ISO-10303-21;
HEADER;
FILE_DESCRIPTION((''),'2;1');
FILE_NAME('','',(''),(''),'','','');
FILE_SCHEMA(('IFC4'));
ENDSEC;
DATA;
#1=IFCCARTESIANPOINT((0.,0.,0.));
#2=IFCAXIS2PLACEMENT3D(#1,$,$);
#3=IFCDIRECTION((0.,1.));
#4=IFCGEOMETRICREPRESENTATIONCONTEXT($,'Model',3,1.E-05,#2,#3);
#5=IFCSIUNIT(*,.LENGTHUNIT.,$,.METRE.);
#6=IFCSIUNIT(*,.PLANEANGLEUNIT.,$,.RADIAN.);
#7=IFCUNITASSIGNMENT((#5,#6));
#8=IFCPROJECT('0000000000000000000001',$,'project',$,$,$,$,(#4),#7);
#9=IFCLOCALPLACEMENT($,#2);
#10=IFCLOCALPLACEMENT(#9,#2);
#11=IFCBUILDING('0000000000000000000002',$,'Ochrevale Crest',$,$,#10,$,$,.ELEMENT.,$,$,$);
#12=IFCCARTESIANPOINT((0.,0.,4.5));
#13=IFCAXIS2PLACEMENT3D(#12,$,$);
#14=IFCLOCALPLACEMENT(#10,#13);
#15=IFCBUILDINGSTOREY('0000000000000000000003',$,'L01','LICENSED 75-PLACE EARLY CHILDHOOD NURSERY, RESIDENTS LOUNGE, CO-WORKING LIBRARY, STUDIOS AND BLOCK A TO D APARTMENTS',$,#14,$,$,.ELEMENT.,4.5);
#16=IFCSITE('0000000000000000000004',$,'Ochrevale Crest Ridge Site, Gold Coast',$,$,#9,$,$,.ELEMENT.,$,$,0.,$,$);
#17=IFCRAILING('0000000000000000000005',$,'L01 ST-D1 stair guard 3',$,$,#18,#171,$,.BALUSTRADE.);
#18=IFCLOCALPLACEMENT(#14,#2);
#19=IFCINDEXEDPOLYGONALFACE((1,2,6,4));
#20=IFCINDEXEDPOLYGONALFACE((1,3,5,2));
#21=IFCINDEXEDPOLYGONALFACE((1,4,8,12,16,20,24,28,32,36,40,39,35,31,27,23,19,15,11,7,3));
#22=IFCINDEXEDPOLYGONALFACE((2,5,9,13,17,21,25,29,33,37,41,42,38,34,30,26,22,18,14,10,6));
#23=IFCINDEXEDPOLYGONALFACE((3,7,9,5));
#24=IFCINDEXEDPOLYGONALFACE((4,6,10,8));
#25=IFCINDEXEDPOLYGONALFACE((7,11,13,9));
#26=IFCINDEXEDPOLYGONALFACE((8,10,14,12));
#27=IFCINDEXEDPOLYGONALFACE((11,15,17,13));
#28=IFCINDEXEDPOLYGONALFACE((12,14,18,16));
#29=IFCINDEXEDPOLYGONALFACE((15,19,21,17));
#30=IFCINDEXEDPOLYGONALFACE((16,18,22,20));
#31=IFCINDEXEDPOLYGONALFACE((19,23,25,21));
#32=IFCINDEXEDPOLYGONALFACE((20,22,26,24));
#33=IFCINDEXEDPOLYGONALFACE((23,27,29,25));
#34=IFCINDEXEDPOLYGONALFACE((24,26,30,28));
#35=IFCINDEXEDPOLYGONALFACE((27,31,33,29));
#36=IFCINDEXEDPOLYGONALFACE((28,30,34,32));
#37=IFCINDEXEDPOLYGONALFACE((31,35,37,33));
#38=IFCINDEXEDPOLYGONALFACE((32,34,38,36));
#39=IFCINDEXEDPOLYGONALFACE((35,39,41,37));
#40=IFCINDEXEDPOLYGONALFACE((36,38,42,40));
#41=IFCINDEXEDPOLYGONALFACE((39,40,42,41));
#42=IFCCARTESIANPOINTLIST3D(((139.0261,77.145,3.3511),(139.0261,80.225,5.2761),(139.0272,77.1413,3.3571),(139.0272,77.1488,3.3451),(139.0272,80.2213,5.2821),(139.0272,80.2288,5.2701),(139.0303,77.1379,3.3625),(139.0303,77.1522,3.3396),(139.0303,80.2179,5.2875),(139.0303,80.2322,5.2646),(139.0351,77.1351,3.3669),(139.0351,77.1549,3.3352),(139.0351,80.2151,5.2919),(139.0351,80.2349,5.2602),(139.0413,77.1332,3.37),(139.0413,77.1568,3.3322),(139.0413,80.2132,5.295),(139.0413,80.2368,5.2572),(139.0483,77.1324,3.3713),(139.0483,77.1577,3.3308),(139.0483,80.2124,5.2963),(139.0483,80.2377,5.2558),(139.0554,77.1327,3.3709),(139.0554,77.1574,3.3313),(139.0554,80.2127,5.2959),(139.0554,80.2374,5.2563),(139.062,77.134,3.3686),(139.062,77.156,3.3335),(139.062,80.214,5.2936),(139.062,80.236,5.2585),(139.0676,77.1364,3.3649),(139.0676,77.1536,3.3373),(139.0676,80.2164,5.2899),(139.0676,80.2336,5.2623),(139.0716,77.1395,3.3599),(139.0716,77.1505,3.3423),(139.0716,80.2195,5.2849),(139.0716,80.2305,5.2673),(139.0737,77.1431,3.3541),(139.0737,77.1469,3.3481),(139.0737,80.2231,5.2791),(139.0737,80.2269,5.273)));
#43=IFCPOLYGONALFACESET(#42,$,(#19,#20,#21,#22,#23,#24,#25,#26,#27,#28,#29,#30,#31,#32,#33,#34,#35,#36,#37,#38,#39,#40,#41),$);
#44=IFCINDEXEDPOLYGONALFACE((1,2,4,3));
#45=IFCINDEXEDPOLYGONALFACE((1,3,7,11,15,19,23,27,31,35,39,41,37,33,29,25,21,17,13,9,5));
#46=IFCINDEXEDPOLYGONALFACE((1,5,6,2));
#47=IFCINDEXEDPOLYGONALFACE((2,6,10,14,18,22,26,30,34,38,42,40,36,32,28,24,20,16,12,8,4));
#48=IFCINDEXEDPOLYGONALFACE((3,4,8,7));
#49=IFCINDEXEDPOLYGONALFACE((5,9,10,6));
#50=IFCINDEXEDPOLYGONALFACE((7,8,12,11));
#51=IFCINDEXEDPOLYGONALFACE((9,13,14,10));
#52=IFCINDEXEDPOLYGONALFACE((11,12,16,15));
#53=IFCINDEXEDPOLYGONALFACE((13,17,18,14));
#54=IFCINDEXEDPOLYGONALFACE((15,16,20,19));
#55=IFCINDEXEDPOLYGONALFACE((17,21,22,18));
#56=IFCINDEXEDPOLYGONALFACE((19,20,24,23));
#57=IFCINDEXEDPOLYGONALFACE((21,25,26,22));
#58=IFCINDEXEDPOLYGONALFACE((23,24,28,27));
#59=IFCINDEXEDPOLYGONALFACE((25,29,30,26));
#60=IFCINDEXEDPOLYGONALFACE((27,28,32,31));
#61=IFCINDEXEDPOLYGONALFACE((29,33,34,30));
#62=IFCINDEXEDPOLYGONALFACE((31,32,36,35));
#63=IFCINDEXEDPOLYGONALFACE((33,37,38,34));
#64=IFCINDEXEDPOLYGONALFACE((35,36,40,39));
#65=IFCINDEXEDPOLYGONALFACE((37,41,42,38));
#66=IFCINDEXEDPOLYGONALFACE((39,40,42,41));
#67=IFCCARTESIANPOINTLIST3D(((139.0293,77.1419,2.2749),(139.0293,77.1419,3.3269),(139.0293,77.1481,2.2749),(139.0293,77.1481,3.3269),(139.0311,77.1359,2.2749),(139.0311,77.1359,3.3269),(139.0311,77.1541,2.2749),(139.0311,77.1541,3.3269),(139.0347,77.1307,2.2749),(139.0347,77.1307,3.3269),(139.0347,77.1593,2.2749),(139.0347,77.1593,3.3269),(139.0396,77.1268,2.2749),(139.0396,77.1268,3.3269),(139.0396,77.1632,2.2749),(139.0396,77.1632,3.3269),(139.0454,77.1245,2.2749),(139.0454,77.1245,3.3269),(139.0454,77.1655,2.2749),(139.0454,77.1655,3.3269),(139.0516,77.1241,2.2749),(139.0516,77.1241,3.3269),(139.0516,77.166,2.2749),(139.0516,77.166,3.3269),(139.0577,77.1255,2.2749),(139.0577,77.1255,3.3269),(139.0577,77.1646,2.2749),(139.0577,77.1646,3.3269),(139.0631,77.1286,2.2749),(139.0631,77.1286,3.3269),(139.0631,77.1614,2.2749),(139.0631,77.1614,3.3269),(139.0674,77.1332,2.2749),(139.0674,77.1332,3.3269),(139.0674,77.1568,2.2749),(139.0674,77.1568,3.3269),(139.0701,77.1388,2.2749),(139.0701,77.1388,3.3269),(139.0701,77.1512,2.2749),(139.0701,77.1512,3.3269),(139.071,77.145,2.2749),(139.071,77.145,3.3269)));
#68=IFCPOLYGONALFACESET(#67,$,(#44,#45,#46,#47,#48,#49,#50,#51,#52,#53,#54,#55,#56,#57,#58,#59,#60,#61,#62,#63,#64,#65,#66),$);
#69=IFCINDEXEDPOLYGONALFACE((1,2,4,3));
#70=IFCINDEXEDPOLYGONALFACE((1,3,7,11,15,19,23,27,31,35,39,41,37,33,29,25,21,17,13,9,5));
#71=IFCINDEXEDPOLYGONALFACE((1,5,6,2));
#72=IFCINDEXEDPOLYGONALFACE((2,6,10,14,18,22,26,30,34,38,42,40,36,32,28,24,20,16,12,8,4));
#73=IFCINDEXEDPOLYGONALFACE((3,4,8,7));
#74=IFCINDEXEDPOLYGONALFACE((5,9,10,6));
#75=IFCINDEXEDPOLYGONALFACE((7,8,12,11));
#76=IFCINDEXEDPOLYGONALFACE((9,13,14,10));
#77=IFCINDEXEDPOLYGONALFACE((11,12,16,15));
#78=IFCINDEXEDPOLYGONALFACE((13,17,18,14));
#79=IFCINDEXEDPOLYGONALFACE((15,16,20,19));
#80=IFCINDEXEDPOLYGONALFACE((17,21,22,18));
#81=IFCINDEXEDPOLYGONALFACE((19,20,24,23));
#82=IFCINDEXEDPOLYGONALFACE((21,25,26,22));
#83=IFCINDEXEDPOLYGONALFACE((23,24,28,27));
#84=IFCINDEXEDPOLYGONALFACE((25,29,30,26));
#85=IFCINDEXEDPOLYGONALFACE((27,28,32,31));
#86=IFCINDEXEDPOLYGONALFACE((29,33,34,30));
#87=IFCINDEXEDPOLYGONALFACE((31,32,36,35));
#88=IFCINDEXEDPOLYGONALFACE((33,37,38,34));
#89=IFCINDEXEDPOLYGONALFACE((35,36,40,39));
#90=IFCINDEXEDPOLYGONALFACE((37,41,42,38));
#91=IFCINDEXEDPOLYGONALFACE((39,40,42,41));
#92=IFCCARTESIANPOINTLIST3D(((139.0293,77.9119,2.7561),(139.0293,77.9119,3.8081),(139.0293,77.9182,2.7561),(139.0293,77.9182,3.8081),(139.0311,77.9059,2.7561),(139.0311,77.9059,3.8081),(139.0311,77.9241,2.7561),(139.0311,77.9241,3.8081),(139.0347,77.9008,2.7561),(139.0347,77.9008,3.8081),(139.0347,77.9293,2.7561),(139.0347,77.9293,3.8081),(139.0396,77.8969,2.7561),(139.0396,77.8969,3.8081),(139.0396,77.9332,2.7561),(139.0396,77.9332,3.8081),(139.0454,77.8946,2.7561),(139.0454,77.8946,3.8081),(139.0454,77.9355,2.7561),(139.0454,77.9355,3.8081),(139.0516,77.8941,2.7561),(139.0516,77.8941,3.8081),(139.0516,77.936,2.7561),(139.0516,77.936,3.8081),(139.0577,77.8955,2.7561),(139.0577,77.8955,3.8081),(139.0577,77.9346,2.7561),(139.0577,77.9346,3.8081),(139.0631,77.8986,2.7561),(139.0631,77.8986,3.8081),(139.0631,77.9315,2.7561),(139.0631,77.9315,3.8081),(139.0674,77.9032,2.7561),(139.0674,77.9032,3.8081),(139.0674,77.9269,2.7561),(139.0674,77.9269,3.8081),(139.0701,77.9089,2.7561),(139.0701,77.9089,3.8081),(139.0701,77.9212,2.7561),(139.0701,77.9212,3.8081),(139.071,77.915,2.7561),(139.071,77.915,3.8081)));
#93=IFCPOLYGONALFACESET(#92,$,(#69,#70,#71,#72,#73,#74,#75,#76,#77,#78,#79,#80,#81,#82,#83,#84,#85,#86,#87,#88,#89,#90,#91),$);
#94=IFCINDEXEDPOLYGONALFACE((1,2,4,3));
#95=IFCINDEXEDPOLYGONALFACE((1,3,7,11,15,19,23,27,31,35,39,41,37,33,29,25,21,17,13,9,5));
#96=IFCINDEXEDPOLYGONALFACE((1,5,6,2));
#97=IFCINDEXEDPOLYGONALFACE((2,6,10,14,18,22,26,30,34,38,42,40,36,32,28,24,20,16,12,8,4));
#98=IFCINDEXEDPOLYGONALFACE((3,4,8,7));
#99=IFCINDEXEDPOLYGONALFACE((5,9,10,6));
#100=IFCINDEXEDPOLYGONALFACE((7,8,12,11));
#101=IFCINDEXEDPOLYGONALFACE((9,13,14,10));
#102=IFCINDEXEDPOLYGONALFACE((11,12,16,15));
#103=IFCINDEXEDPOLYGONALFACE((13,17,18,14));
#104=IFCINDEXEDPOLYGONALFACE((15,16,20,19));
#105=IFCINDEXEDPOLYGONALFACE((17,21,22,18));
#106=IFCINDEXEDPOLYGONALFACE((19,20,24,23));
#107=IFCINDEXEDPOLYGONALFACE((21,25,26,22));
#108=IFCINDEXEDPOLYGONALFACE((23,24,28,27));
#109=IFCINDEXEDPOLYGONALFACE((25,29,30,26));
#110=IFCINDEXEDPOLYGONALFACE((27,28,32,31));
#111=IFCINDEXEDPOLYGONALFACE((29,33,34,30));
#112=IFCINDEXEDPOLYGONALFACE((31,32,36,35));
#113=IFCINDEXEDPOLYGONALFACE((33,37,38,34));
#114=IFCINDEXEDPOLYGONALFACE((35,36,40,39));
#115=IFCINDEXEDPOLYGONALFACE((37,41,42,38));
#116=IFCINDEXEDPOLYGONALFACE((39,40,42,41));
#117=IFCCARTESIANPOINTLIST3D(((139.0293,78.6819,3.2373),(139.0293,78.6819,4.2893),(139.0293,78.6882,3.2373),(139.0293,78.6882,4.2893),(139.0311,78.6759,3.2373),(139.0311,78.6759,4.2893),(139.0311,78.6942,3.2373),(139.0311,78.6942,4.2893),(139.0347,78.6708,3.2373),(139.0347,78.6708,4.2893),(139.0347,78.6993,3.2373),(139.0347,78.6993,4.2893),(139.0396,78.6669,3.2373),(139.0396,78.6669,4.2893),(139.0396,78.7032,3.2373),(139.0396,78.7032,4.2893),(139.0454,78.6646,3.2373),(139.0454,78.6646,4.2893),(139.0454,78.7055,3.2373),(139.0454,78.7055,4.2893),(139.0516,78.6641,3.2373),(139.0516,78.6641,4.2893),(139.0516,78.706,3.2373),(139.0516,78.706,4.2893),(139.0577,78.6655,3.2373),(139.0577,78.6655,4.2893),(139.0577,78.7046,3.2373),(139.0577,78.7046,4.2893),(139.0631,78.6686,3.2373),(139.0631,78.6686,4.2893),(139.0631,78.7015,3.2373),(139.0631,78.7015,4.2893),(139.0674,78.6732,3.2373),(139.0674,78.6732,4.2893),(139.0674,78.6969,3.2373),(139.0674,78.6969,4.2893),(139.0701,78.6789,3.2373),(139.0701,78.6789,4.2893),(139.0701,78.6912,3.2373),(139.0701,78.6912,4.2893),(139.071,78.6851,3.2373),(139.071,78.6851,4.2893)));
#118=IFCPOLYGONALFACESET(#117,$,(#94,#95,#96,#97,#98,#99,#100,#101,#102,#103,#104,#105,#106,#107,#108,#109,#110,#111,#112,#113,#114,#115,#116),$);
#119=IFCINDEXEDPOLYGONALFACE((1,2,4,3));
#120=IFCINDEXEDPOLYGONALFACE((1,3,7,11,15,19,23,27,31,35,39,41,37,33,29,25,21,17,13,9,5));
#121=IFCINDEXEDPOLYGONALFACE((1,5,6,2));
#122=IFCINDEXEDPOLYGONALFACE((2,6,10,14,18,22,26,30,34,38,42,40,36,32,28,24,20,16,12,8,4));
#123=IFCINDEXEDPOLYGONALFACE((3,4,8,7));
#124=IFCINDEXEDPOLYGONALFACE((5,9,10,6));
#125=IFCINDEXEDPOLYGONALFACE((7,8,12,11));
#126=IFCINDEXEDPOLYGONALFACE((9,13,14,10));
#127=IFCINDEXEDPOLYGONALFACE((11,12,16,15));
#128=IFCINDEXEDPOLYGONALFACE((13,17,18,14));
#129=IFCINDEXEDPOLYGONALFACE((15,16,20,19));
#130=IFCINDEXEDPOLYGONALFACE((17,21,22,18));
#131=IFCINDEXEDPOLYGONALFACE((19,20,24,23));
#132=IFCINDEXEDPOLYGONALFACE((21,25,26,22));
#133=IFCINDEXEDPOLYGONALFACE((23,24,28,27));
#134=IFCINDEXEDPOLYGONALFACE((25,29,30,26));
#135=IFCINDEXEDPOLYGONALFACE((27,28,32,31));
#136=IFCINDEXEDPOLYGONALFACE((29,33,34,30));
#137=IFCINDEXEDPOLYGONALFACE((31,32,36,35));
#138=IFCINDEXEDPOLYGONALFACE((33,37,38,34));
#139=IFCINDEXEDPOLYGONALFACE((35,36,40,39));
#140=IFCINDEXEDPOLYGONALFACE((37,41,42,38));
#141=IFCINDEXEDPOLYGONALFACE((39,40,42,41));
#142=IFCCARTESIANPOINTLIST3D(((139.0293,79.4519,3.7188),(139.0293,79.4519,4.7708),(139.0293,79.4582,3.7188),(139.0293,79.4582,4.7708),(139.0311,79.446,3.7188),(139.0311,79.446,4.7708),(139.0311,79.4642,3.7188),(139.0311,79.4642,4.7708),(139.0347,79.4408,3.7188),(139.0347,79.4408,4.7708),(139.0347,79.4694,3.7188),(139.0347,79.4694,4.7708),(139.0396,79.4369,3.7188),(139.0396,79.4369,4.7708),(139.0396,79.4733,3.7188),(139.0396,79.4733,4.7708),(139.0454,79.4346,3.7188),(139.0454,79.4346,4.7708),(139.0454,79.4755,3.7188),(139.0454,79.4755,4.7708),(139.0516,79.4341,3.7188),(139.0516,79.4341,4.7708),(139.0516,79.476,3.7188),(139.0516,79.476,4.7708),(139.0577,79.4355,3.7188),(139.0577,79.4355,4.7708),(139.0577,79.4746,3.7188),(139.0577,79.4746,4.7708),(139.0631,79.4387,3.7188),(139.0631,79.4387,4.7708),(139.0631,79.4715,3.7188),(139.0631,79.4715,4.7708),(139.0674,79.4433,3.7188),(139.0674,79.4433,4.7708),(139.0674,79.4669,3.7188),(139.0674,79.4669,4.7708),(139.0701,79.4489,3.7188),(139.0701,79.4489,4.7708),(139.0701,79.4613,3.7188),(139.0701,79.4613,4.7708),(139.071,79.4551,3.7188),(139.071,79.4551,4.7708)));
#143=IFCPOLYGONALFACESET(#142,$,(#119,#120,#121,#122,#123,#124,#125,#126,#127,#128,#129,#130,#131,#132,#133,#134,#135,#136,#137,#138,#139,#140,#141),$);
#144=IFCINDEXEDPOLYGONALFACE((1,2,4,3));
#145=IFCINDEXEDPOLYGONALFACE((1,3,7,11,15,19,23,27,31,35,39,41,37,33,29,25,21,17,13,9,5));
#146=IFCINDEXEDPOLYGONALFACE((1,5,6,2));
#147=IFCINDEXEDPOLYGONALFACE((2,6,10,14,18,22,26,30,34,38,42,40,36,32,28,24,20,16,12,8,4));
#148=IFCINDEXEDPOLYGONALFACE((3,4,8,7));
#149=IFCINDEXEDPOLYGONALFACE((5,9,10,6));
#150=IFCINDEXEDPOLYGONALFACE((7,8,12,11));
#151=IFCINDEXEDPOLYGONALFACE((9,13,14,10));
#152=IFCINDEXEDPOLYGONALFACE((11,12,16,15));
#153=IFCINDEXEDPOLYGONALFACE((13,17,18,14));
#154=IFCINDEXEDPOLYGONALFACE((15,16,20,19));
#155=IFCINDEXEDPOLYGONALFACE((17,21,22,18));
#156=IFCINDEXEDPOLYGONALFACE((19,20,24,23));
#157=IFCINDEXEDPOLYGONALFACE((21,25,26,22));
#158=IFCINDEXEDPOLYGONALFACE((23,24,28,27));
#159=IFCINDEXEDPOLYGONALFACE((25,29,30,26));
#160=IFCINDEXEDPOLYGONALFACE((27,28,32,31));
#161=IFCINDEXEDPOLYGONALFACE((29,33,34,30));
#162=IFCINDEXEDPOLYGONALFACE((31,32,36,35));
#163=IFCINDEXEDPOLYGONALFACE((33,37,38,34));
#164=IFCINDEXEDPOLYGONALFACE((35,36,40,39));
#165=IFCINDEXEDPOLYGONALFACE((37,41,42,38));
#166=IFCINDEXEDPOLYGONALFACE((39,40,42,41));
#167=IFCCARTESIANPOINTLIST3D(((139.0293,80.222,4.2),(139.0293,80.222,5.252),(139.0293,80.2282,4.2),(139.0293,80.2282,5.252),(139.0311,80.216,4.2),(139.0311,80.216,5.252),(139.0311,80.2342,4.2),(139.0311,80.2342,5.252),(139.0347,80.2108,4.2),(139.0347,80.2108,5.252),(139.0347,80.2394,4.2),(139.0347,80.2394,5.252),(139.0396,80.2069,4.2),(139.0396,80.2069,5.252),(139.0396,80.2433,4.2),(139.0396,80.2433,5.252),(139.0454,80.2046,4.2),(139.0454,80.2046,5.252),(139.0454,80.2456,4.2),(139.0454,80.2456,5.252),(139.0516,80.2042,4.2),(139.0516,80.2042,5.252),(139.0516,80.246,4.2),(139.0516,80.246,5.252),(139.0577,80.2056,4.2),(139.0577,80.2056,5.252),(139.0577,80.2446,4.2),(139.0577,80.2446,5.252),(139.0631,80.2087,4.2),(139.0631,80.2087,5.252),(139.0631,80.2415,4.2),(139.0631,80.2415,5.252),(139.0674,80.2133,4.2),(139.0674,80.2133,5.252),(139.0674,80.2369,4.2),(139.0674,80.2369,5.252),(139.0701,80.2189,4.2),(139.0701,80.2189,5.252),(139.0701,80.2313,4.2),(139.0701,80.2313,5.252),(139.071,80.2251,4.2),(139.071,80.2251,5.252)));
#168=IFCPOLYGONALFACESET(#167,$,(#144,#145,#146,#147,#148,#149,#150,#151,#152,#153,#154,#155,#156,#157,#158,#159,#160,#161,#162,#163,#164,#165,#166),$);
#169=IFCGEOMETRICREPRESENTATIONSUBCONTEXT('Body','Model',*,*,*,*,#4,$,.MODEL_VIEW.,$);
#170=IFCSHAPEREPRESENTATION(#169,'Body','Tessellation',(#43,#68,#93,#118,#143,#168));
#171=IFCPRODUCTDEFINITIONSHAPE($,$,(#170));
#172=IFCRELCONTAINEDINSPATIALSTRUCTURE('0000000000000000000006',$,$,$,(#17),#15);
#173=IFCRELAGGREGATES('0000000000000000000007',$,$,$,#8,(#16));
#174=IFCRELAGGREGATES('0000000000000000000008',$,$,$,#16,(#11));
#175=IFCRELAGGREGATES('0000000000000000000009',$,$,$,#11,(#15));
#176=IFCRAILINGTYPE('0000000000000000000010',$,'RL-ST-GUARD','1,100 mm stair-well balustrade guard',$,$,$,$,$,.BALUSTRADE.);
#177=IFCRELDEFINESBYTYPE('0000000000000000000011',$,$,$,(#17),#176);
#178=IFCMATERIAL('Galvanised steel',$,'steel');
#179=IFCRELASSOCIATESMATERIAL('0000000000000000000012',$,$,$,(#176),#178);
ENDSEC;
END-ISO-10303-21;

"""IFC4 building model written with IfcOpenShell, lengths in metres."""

from ifc_helpers import new_model, si_unit, direction, frame, origin, origin_2d, place, context, subcontext, project, spatial, circle, extrude, material, type_object, element, save


model = new_model("IFC4")

# Units and contexts
model_context = context("Model", 3, precision=1e-05, world=origin(), true_north=direction((0.0, 1.0)))
body_context = subcontext(model_context, "Body", "Model", "MODEL_VIEW")
ifc_project = project(units=[si_unit("LENGTHUNIT", "METRE"), si_unit("PLANEANGLEUNIT", "RADIAN")], contexts=[model_context])

# Site, building, storey
site_placement = place(None, origin())
site = spatial("IfcSite", under=ifc_project, at=site_placement, Name="Ochrevale Crest Ridge Site, Gold Coast", CompositionType="ELEMENT", RefElevation=0.0)
building_placement = place(site_placement, origin())
building = spatial("IfcBuilding", under=site, at=building_placement, Name="Ochrevale Crest", CompositionType="ELEMENT")
storey_placement = place(building_placement, frame((0.0, 0.0, 4.5)))
storey = spatial("IfcBuildingStorey", under=building, at=storey_placement, Name="L01", Description="LICENSED 75-PLACE EARLY CHILDHOOD NURSERY, RESIDENTS LOUNGE, CO-WORKING LIBRARY, STUDIOS AND BLOCK A TO D APARTMENTS", CompositionType="ELEMENT", Elevation=4.5)

# Railing
ifc_material_1 = material(Name="Galvanised steel", Category="steel")
railing_type_1 = type_object("IfcRailingType", Name="RL-ST-GUARD", Description="1,100 mm stair-well balustrade guard", PredefinedType="BALUSTRADE", material=ifc_material_1)
railing_1_placement = place(storey_placement, frame((139.05, 77.145, 2.2749)))
element("IfcRailing", 1, at=railing_1_placement, inside=storey, type_object=railing_type_1, Name="L01 ST-D1 stair guard 3", PredefinedType="BALUSTRADE", context=body_context, shape_type="SweptSolid", body=[
    extrude(circle(Radius=0.0239, at=origin_2d()), frame((0.0, 0.0, 1.0762), z_axis=(0.0, 0.847998, 0.529999), x_axis=(-1.0, 0.0, 0.0)), (0.0, 0.0, 1.0), 3.6321),
    extrude(circle(Radius=0.021, at=origin_2d()), origin(), (0.0, 0.0, 1.0), 1.052),
    extrude(circle(Radius=0.021, at=origin_2d()), frame((0.0, 0.77, 0.4812)), (0.0, 0.0, 1.0), 1.052),
    extrude(circle(Radius=0.021, at=origin_2d()), frame((0.0, 1.54, 0.9624)), (0.0, 0.0, 1.0), 1.052),
    extrude(circle(Radius=0.021, at=origin_2d()), frame((0.0, 2.3101, 1.4438)), (0.0, 0.0, 1.0), 1.052),
    extrude(circle(Radius=0.021, at=origin_2d()), frame((0.0, 3.0801, 1.925)), (0.0, 0.0, 1.0), 1.052),
])

save(model, "model.ifc")
